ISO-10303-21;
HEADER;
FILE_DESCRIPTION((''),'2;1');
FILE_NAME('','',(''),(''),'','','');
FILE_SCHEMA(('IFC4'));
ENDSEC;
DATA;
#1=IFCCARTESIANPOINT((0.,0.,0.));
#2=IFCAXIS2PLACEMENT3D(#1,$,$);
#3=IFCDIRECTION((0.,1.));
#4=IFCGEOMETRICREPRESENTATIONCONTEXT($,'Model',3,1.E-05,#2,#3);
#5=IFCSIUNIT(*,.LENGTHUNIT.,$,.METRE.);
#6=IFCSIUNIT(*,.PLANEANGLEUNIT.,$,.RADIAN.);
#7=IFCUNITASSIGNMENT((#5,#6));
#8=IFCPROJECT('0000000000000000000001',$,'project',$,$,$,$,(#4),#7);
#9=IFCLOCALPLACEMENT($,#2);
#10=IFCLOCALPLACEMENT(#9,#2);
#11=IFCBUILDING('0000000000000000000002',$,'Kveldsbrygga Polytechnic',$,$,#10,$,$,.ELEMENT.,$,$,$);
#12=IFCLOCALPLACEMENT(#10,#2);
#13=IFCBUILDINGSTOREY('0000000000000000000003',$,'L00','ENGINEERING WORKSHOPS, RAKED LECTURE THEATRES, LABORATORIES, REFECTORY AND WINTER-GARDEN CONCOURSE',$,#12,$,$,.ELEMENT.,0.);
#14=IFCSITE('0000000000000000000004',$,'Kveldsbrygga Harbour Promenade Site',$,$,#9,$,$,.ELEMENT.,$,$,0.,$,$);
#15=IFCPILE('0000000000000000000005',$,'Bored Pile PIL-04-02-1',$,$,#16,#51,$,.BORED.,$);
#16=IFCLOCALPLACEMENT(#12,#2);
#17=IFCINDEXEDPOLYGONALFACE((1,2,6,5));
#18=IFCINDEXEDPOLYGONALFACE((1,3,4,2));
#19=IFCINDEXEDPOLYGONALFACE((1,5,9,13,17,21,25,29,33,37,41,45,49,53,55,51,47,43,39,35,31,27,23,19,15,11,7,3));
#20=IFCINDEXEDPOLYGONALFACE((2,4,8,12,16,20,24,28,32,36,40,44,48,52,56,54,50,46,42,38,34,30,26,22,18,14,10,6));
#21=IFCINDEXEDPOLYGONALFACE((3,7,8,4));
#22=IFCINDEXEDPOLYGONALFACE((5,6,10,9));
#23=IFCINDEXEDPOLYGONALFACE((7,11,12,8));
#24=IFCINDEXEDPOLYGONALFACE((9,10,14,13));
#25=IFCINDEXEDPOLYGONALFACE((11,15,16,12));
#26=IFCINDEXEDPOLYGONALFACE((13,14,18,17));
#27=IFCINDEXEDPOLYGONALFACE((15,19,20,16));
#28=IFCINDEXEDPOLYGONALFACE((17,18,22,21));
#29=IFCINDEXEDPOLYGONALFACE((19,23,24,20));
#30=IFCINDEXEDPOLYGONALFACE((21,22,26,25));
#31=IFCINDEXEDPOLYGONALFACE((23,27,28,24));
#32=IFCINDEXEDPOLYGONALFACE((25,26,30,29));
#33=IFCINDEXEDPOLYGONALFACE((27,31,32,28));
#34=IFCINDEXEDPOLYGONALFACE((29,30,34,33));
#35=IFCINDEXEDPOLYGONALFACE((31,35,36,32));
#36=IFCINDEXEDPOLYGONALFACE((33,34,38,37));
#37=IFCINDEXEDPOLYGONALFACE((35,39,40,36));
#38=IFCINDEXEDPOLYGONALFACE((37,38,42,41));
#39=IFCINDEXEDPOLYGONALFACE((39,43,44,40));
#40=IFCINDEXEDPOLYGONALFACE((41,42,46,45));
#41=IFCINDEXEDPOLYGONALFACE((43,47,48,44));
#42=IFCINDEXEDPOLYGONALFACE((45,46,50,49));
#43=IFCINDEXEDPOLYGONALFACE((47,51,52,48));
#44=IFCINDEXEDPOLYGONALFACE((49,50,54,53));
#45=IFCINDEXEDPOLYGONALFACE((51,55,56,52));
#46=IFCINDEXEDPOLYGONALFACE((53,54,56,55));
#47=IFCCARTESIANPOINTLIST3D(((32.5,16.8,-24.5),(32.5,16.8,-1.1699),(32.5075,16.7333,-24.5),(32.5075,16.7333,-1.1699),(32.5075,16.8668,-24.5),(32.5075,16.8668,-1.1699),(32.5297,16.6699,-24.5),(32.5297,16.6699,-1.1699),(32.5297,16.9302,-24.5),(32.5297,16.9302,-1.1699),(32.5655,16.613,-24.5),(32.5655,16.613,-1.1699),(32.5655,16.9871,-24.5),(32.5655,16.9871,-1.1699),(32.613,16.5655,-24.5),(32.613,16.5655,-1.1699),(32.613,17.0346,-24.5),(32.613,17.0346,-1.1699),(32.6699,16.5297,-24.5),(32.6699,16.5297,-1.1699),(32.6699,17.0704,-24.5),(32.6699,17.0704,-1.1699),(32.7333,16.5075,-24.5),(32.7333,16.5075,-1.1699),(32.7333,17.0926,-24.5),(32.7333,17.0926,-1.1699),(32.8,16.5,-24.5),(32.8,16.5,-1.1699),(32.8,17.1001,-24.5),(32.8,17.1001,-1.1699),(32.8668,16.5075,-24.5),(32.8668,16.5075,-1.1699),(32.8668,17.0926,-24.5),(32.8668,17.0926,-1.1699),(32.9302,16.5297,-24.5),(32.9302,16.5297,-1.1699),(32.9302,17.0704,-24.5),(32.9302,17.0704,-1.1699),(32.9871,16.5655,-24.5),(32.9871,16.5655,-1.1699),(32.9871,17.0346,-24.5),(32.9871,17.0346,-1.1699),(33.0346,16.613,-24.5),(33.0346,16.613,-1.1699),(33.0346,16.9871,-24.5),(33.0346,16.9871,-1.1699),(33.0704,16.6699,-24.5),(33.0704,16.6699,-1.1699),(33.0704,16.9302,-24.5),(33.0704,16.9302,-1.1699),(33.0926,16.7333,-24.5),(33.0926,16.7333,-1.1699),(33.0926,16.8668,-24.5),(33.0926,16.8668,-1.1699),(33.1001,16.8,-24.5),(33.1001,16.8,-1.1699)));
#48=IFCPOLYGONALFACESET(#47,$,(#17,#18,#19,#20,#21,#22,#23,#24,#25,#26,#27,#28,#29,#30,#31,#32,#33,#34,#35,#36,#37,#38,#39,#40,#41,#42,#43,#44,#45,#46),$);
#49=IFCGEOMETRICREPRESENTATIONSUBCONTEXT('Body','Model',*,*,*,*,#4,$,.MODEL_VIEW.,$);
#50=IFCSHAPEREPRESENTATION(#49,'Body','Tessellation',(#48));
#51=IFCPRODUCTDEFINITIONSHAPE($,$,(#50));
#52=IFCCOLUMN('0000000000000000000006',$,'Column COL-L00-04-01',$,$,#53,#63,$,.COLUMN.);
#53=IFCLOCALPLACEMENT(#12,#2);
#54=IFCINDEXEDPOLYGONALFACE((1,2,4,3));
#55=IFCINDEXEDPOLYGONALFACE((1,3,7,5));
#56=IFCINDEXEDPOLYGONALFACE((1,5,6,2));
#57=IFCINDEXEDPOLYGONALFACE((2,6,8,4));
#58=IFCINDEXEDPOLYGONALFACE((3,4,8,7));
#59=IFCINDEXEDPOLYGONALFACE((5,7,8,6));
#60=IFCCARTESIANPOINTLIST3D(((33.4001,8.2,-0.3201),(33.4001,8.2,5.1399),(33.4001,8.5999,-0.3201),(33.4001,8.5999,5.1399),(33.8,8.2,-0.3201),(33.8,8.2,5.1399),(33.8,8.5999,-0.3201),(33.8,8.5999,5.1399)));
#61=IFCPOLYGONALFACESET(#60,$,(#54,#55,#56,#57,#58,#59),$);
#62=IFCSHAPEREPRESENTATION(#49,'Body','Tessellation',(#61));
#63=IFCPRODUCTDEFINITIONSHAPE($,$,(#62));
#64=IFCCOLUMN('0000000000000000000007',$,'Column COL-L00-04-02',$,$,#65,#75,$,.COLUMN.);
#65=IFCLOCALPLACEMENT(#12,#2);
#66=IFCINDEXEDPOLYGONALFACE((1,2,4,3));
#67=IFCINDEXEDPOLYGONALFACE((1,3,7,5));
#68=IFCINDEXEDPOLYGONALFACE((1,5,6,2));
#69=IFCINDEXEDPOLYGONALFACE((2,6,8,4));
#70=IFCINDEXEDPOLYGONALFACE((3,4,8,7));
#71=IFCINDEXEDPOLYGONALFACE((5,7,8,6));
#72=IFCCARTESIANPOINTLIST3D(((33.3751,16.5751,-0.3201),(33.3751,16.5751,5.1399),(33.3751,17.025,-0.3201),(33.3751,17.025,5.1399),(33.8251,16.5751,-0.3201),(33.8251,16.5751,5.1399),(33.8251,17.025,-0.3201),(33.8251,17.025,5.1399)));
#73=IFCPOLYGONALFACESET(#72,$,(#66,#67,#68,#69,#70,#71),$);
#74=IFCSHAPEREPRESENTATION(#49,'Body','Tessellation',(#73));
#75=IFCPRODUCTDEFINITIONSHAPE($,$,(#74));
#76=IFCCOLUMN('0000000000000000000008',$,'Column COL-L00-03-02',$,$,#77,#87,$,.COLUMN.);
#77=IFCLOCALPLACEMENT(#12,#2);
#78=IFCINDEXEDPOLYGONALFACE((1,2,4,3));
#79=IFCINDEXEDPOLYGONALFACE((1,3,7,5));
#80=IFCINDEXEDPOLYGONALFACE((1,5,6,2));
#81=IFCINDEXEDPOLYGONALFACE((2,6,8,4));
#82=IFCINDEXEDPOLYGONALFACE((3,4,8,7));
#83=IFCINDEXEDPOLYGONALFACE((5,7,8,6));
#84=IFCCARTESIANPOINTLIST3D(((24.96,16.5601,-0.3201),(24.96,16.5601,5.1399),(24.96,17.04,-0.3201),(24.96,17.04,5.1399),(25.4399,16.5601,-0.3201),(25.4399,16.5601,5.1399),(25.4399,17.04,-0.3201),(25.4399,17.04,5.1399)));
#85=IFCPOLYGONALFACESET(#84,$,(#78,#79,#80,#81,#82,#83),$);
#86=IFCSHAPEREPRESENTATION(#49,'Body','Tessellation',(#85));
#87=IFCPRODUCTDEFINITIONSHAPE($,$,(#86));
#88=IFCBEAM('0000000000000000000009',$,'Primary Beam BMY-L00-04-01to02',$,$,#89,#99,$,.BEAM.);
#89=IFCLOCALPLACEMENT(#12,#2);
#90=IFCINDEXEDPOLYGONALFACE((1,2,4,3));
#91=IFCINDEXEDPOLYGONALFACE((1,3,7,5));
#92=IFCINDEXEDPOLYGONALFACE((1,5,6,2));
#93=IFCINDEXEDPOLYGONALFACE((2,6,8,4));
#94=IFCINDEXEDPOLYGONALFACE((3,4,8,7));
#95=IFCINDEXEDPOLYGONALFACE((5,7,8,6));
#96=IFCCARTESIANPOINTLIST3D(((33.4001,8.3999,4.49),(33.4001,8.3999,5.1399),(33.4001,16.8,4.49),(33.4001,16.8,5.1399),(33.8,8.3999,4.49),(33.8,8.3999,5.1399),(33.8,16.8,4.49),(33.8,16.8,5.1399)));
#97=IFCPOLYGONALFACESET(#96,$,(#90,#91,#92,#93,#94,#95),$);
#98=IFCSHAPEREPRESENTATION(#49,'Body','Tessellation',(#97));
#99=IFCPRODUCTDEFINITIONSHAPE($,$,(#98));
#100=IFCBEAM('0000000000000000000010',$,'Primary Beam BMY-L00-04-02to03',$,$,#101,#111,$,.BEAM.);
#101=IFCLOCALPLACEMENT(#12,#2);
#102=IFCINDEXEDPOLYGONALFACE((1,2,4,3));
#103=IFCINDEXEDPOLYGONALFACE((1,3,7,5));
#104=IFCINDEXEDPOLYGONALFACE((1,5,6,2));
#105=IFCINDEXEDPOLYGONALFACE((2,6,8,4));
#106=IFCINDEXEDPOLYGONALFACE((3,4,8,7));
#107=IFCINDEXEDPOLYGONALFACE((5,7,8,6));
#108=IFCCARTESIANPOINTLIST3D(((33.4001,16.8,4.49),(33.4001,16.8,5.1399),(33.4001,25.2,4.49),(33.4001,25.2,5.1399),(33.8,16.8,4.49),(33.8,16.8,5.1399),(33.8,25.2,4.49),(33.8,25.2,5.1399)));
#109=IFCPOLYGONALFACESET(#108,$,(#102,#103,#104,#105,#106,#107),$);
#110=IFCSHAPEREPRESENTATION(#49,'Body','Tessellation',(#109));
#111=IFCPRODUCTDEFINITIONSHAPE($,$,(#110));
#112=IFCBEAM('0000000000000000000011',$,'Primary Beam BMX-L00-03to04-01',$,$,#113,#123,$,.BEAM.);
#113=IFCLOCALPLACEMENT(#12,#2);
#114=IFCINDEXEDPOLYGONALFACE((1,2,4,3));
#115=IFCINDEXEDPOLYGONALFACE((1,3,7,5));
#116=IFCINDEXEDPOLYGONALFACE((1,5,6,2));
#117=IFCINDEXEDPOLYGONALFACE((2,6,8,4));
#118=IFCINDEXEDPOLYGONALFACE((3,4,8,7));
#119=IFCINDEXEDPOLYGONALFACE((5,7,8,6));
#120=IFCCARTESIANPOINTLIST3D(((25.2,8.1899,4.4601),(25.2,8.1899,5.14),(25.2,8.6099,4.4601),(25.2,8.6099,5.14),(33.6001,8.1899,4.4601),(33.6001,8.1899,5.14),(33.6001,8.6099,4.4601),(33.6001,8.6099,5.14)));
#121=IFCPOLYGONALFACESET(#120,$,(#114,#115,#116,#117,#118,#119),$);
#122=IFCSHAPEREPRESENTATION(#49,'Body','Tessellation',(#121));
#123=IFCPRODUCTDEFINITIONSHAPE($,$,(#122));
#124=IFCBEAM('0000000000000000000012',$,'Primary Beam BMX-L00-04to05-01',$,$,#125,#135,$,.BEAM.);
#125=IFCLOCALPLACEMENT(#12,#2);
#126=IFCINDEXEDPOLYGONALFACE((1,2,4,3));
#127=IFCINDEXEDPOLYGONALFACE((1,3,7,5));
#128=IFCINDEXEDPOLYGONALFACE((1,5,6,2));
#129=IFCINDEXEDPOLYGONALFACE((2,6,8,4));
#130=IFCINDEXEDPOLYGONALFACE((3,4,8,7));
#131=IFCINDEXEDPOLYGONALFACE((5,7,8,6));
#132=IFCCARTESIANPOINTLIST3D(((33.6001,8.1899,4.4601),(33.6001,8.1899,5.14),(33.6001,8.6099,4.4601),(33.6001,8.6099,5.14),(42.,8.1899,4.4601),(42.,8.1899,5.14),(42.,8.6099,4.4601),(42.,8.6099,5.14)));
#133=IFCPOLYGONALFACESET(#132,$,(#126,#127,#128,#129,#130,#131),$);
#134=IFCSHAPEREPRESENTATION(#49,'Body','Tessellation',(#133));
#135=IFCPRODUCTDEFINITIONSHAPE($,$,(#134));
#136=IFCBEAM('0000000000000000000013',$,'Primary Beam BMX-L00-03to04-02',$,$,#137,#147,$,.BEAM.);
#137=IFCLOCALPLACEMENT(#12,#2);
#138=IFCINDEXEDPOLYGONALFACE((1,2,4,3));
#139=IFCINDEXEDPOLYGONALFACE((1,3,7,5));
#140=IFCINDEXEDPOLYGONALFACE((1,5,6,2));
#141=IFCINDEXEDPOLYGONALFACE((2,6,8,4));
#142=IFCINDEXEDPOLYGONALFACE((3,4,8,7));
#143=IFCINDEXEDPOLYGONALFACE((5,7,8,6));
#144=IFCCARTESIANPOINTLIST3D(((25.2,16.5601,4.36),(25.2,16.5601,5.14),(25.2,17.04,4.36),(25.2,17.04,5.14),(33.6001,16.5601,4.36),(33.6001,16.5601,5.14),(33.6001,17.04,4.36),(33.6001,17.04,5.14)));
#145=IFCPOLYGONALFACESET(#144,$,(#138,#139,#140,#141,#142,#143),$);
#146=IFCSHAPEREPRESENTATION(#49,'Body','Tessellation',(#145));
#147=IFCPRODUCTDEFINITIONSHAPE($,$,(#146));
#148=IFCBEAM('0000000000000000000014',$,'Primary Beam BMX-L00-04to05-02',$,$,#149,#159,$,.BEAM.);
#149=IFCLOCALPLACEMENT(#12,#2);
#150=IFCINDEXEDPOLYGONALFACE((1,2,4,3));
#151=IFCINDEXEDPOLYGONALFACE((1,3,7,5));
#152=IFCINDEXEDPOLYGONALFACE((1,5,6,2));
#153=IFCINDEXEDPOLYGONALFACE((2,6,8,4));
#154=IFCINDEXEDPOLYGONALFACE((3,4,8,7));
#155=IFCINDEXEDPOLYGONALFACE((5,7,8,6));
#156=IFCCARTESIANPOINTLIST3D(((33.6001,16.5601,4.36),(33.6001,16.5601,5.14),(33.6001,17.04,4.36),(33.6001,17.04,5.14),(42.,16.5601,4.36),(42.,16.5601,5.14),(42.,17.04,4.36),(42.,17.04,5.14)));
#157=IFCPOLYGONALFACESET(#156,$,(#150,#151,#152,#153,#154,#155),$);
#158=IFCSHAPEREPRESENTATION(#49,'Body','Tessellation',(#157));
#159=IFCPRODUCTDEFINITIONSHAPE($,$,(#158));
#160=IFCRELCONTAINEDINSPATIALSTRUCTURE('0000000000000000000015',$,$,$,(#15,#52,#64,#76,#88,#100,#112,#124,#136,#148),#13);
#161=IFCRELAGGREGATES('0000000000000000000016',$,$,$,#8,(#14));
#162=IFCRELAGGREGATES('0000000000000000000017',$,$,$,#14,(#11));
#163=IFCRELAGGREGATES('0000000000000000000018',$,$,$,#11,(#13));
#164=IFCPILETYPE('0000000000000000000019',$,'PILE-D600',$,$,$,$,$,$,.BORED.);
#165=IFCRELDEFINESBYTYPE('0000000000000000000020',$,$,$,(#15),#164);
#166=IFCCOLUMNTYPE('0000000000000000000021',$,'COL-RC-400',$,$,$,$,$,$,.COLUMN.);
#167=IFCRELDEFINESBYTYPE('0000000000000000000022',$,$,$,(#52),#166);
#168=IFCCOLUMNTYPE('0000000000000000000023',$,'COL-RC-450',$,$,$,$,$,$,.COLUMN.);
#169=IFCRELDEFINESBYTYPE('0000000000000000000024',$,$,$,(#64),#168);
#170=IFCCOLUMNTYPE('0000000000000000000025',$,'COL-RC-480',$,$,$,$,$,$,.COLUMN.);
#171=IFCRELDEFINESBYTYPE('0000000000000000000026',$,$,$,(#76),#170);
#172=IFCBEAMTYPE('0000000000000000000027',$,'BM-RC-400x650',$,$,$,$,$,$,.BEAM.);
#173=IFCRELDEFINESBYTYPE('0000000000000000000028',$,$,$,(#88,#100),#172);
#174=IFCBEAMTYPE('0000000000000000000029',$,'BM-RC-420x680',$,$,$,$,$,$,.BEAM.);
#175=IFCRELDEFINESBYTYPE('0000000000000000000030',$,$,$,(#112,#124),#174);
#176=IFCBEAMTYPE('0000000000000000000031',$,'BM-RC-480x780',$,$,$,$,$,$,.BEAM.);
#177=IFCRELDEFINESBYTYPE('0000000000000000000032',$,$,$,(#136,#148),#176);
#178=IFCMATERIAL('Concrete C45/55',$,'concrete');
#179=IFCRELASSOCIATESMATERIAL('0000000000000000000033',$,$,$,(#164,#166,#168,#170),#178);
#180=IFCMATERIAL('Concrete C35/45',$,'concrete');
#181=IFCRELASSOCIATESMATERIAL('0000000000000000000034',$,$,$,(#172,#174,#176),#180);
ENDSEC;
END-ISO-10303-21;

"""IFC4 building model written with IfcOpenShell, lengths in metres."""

from ifc_helpers import new_model, si_unit, direction, frame, origin, origin_2d, place, context, subcontext, project, spatial, rectangle, circle, extrude, material, material_profile, profile_set, type_object, element, save


model = new_model("IFC4")

# Units and contexts
model_context = context("Model", 3, precision=1e-05, world=origin(), true_north=direction((0.0, 1.0)))
body_context = subcontext(model_context, "Body", "Model", "MODEL_VIEW")
ifc_project = project(units=[si_unit("LENGTHUNIT", "METRE"), si_unit("PLANEANGLEUNIT", "RADIAN")], contexts=[model_context])

# Site, building, storey
site_placement = place(None, origin())
site = spatial("IfcSite", under=ifc_project, at=site_placement, Name="Kveldsbrygga Harbour Promenade Site", CompositionType="ELEMENT", RefElevation=0.0)
building_placement = place(site_placement, origin())
building = spatial("IfcBuilding", under=site, at=building_placement, Name="Kveldsbrygga Polytechnic", CompositionType="ELEMENT")
storey_placement = place(building_placement, origin())
storey = spatial("IfcBuildingStorey", under=building, at=storey_placement, Name="L00", Description="ENGINEERING WORKSHOPS, RAKED LECTURE THEATRES, LABORATORIES, REFECTORY AND WINTER-GARDEN CONCOURSE", CompositionType="ELEMENT", Elevation=0.0)

# Shared definitions
ifc_material_1 = material(Name="Concrete C45/55", Category="concrete")

# Pile
ifc_material_profile_1 = material_profile(ifc_material_1, circle(Radius=0.3, at=origin_2d()), Name="PILE D600")
ifc_profile_set_1 = profile_set([ifc_material_profile_1], Name="Concrete C45/55")
pile_type = type_object("IfcPileType", Name="PILE-D600", PredefinedType="BORED", material=ifc_profile_set_1)
pile_1_placement = place(storey_placement, frame((32.8, 16.8, -1.1699), z_axis=(0.0, 0.0, -1.0), x_axis=(1.0, 0.0, 0.0)))
element("IfcPile", 1, at=pile_1_placement, inside=storey, type_object=pile_type, Name="Bored Pile PIL-04-02-1", PredefinedType="BORED", context=body_context, shape_type="SweptSolid", body=[
    extrude(circle(Radius=0.3, at=origin_2d()), origin(), (0.0, 0.0, 1.0), 23.3301),
])

# Columns
ifc_material_profile_2 = material_profile(ifc_material_1, rectangle(XDim=0.3999, YDim=0.3999, at=origin_2d()), Name="RC 400x400")
ifc_profile_set_2 = profile_set([ifc_material_profile_2], Name="Concrete C45/55")
column_type_1 = type_object("IfcColumnType", Name="COL-RC-400", PredefinedType="COLUMN", material=ifc_profile_set_2)
column_1_placement = place(storey_placement, frame((33.6001, 8.3999, -0.3201), z_axis=(0.0, 0.0, 1.0), x_axis=(1.0, 0.0, 0.0)))
element("IfcColumn", 2, at=column_1_placement, inside=storey, type_object=column_type_1, Name="Column COL-L00-04-01", PredefinedType="COLUMN", context=body_context, shape_type="SweptSolid", body=[
    extrude(rectangle(XDim=0.3999, YDim=0.3999, at=origin_2d()), origin(), (0.0, 0.0, 1.0), 5.46),
])
ifc_material_profile_3 = material_profile(ifc_material_1, rectangle(XDim=0.45, YDim=0.45, at=origin_2d()), Name="RC 450x450")
ifc_profile_set_3 = profile_set([ifc_material_profile_3], Name="Concrete C45/55")
column_type_2 = type_object("IfcColumnType", Name="COL-RC-450", PredefinedType="COLUMN", material=ifc_profile_set_3)
column_2_placement = place(storey_placement, frame((33.6001, 16.8, -0.3201), z_axis=(0.0, 0.0, 1.0), x_axis=(1.0, 0.0, 0.0)))
element("IfcColumn", 3, at=column_2_placement, inside=storey, type_object=column_type_2, Name="Column COL-L00-04-02", PredefinedType="COLUMN", context=body_context, shape_type="SweptSolid", body=[
    extrude(rectangle(XDim=0.45, YDim=0.45, at=origin_2d()), origin(), (0.0, 0.0, 1.0), 5.46),
])
ifc_material_profile_4 = material_profile(ifc_material_1, rectangle(XDim=0.48, YDim=0.48, at=origin_2d()), Name="RC 480x480")
ifc_profile_set_4 = profile_set([ifc_material_profile_4], Name="Concrete C45/55")
column_type_3 = type_object("IfcColumnType", Name="COL-RC-480", PredefinedType="COLUMN", material=ifc_profile_set_4)
column_3_placement = place(storey_placement, frame((25.2, 16.8, -0.3201), z_axis=(0.0, 0.0, 1.0), x_axis=(1.0, 0.0, 0.0)))
element("IfcColumn", 4, at=column_3_placement, inside=storey, type_object=column_type_3, Name="Column COL-L00-03-02", PredefinedType="COLUMN", context=body_context, shape_type="SweptSolid", body=[
    extrude(rectangle(XDim=0.48, YDim=0.48, at=origin_2d()), origin(), (0.0, 0.0, 1.0), 5.46),
])

# Beams
ifc_material_2 = material(Name="Concrete C35/45", Category="concrete")
ifc_material_profile_5 = material_profile(ifc_material_2, rectangle(XDim=0.3999, YDim=0.6499, at=origin_2d()), Name="RC 400x650")
ifc_profile_set_5 = profile_set([ifc_material_profile_5], Name="Concrete C35/45")
beam_type_1 = type_object("IfcBeamType", Name="BM-RC-400x650", PredefinedType="BEAM", material=ifc_profile_set_5)
beam_1_placement = place(storey_placement, frame((33.6001, 8.3999, 4.8149), z_axis=(0.0, 1.0, 0.0), x_axis=(-1.0, 0.0, 0.0)))
element("IfcBeam", 5, at=beam_1_placement, inside=storey, type_object=beam_type_1, Name="Primary Beam BMY-L00-04-01to02", PredefinedType="BEAM", context=body_context, shape_type="SweptSolid", body=[
    extrude(rectangle(XDim=0.3999, YDim=0.6499, at=origin_2d()), origin(), (0.0, 0.0, 1.0), 8.4001),
])
beam_2_placement = place(storey_placement, frame((33.6001, 16.8, 4.8149), z_axis=(0.0, 1.0, 0.0), x_axis=(-1.0, 0.0, 0.0)))
element("IfcBeam", 6, at=beam_2_placement, inside=storey, type_object=beam_type_1, Name="Primary Beam BMY-L00-04-02to03", PredefinedType="BEAM", context=body_context, shape_type="SweptSolid", body=[
    extrude(rectangle(XDim=0.3999, YDim=0.6499, at=origin_2d()), origin(), (0.0, 0.0, 1.0), 8.3999),
])
ifc_material_profile_6 = material_profile(ifc_material_2, rectangle(XDim=0.4199, YDim=0.6799, at=origin_2d()), Name="RC 420x680")
ifc_profile_set_6 = profile_set([ifc_material_profile_6], Name="Concrete C35/45")
beam_type_2 = type_object("IfcBeamType", Name="BM-RC-420x680", PredefinedType="BEAM", material=ifc_profile_set_6)
beam_3_placement = place(storey_placement, frame((25.2, 8.3999, 4.8), z_axis=(1.0, 0.0, 0.0), x_axis=(0.0, 1.0, 0.0)))
element("IfcBeam", 7, at=beam_3_placement, inside=storey, type_object=beam_type_2, Name="Primary Beam BMX-L00-03to04-01", PredefinedType="BEAM", context=body_context, shape_type="SweptSolid", body=[
    extrude(rectangle(XDim=0.4199, YDim=0.6799, at=origin_2d()), origin(), (0.0, 0.0, 1.0), 8.4001),
])
beam_4_placement = place(storey_placement, frame((33.6001, 8.3999, 4.8), z_axis=(1.0, 0.0, 0.0), x_axis=(0.0, 1.0, 0.0)))
element("IfcBeam", 8, at=beam_4_placement, inside=storey, type_object=beam_type_2, Name="Primary Beam BMX-L00-04to05-01", PredefinedType="BEAM", context=body_context, shape_type="SweptSolid", body=[
    extrude(rectangle(XDim=0.4199, YDim=0.6799, at=origin_2d()), origin(), (0.0, 0.0, 1.0), 8.3999),
])
ifc_material_profile_7 = material_profile(ifc_material_2, rectangle(XDim=0.48, YDim=0.78, at=origin_2d()), Name="RC 480x780")
ifc_profile_set_7 = profile_set([ifc_material_profile_7], Name="Concrete C35/45")
beam_type_3 = type_object("IfcBeamType", Name="BM-RC-480x780", PredefinedType="BEAM", material=ifc_profile_set_7)
beam_5_placement = place(storey_placement, frame((25.2, 16.8, 4.75), z_axis=(1.0, 0.0, 0.0), x_axis=(0.0, 1.0, 0.0)))
element("IfcBeam", 9, at=beam_5_placement, inside=storey, type_object=beam_type_3, Name="Primary Beam BMX-L00-03to04-02", PredefinedType="BEAM", context=body_context, shape_type="SweptSolid", body=[
    extrude(rectangle(XDim=0.48, YDim=0.78, at=origin_2d()), origin(), (0.0, 0.0, 1.0), 8.4001),
])
beam_6_placement = place(storey_placement, frame((33.6001, 16.8, 4.75), z_axis=(1.0, 0.0, 0.0), x_axis=(0.0, 1.0, 0.0)))
element("IfcBeam", 10, at=beam_6_placement, inside=storey, type_object=beam_type_3, Name="Primary Beam BMX-L00-04to05-02", PredefinedType="BEAM", context=body_context, shape_type="SweptSolid", body=[
    extrude(rectangle(XDim=0.48, YDim=0.78, at=origin_2d()), origin(), (0.0, 0.0, 1.0), 8.3999),
])

save(model, "model.ifc")
